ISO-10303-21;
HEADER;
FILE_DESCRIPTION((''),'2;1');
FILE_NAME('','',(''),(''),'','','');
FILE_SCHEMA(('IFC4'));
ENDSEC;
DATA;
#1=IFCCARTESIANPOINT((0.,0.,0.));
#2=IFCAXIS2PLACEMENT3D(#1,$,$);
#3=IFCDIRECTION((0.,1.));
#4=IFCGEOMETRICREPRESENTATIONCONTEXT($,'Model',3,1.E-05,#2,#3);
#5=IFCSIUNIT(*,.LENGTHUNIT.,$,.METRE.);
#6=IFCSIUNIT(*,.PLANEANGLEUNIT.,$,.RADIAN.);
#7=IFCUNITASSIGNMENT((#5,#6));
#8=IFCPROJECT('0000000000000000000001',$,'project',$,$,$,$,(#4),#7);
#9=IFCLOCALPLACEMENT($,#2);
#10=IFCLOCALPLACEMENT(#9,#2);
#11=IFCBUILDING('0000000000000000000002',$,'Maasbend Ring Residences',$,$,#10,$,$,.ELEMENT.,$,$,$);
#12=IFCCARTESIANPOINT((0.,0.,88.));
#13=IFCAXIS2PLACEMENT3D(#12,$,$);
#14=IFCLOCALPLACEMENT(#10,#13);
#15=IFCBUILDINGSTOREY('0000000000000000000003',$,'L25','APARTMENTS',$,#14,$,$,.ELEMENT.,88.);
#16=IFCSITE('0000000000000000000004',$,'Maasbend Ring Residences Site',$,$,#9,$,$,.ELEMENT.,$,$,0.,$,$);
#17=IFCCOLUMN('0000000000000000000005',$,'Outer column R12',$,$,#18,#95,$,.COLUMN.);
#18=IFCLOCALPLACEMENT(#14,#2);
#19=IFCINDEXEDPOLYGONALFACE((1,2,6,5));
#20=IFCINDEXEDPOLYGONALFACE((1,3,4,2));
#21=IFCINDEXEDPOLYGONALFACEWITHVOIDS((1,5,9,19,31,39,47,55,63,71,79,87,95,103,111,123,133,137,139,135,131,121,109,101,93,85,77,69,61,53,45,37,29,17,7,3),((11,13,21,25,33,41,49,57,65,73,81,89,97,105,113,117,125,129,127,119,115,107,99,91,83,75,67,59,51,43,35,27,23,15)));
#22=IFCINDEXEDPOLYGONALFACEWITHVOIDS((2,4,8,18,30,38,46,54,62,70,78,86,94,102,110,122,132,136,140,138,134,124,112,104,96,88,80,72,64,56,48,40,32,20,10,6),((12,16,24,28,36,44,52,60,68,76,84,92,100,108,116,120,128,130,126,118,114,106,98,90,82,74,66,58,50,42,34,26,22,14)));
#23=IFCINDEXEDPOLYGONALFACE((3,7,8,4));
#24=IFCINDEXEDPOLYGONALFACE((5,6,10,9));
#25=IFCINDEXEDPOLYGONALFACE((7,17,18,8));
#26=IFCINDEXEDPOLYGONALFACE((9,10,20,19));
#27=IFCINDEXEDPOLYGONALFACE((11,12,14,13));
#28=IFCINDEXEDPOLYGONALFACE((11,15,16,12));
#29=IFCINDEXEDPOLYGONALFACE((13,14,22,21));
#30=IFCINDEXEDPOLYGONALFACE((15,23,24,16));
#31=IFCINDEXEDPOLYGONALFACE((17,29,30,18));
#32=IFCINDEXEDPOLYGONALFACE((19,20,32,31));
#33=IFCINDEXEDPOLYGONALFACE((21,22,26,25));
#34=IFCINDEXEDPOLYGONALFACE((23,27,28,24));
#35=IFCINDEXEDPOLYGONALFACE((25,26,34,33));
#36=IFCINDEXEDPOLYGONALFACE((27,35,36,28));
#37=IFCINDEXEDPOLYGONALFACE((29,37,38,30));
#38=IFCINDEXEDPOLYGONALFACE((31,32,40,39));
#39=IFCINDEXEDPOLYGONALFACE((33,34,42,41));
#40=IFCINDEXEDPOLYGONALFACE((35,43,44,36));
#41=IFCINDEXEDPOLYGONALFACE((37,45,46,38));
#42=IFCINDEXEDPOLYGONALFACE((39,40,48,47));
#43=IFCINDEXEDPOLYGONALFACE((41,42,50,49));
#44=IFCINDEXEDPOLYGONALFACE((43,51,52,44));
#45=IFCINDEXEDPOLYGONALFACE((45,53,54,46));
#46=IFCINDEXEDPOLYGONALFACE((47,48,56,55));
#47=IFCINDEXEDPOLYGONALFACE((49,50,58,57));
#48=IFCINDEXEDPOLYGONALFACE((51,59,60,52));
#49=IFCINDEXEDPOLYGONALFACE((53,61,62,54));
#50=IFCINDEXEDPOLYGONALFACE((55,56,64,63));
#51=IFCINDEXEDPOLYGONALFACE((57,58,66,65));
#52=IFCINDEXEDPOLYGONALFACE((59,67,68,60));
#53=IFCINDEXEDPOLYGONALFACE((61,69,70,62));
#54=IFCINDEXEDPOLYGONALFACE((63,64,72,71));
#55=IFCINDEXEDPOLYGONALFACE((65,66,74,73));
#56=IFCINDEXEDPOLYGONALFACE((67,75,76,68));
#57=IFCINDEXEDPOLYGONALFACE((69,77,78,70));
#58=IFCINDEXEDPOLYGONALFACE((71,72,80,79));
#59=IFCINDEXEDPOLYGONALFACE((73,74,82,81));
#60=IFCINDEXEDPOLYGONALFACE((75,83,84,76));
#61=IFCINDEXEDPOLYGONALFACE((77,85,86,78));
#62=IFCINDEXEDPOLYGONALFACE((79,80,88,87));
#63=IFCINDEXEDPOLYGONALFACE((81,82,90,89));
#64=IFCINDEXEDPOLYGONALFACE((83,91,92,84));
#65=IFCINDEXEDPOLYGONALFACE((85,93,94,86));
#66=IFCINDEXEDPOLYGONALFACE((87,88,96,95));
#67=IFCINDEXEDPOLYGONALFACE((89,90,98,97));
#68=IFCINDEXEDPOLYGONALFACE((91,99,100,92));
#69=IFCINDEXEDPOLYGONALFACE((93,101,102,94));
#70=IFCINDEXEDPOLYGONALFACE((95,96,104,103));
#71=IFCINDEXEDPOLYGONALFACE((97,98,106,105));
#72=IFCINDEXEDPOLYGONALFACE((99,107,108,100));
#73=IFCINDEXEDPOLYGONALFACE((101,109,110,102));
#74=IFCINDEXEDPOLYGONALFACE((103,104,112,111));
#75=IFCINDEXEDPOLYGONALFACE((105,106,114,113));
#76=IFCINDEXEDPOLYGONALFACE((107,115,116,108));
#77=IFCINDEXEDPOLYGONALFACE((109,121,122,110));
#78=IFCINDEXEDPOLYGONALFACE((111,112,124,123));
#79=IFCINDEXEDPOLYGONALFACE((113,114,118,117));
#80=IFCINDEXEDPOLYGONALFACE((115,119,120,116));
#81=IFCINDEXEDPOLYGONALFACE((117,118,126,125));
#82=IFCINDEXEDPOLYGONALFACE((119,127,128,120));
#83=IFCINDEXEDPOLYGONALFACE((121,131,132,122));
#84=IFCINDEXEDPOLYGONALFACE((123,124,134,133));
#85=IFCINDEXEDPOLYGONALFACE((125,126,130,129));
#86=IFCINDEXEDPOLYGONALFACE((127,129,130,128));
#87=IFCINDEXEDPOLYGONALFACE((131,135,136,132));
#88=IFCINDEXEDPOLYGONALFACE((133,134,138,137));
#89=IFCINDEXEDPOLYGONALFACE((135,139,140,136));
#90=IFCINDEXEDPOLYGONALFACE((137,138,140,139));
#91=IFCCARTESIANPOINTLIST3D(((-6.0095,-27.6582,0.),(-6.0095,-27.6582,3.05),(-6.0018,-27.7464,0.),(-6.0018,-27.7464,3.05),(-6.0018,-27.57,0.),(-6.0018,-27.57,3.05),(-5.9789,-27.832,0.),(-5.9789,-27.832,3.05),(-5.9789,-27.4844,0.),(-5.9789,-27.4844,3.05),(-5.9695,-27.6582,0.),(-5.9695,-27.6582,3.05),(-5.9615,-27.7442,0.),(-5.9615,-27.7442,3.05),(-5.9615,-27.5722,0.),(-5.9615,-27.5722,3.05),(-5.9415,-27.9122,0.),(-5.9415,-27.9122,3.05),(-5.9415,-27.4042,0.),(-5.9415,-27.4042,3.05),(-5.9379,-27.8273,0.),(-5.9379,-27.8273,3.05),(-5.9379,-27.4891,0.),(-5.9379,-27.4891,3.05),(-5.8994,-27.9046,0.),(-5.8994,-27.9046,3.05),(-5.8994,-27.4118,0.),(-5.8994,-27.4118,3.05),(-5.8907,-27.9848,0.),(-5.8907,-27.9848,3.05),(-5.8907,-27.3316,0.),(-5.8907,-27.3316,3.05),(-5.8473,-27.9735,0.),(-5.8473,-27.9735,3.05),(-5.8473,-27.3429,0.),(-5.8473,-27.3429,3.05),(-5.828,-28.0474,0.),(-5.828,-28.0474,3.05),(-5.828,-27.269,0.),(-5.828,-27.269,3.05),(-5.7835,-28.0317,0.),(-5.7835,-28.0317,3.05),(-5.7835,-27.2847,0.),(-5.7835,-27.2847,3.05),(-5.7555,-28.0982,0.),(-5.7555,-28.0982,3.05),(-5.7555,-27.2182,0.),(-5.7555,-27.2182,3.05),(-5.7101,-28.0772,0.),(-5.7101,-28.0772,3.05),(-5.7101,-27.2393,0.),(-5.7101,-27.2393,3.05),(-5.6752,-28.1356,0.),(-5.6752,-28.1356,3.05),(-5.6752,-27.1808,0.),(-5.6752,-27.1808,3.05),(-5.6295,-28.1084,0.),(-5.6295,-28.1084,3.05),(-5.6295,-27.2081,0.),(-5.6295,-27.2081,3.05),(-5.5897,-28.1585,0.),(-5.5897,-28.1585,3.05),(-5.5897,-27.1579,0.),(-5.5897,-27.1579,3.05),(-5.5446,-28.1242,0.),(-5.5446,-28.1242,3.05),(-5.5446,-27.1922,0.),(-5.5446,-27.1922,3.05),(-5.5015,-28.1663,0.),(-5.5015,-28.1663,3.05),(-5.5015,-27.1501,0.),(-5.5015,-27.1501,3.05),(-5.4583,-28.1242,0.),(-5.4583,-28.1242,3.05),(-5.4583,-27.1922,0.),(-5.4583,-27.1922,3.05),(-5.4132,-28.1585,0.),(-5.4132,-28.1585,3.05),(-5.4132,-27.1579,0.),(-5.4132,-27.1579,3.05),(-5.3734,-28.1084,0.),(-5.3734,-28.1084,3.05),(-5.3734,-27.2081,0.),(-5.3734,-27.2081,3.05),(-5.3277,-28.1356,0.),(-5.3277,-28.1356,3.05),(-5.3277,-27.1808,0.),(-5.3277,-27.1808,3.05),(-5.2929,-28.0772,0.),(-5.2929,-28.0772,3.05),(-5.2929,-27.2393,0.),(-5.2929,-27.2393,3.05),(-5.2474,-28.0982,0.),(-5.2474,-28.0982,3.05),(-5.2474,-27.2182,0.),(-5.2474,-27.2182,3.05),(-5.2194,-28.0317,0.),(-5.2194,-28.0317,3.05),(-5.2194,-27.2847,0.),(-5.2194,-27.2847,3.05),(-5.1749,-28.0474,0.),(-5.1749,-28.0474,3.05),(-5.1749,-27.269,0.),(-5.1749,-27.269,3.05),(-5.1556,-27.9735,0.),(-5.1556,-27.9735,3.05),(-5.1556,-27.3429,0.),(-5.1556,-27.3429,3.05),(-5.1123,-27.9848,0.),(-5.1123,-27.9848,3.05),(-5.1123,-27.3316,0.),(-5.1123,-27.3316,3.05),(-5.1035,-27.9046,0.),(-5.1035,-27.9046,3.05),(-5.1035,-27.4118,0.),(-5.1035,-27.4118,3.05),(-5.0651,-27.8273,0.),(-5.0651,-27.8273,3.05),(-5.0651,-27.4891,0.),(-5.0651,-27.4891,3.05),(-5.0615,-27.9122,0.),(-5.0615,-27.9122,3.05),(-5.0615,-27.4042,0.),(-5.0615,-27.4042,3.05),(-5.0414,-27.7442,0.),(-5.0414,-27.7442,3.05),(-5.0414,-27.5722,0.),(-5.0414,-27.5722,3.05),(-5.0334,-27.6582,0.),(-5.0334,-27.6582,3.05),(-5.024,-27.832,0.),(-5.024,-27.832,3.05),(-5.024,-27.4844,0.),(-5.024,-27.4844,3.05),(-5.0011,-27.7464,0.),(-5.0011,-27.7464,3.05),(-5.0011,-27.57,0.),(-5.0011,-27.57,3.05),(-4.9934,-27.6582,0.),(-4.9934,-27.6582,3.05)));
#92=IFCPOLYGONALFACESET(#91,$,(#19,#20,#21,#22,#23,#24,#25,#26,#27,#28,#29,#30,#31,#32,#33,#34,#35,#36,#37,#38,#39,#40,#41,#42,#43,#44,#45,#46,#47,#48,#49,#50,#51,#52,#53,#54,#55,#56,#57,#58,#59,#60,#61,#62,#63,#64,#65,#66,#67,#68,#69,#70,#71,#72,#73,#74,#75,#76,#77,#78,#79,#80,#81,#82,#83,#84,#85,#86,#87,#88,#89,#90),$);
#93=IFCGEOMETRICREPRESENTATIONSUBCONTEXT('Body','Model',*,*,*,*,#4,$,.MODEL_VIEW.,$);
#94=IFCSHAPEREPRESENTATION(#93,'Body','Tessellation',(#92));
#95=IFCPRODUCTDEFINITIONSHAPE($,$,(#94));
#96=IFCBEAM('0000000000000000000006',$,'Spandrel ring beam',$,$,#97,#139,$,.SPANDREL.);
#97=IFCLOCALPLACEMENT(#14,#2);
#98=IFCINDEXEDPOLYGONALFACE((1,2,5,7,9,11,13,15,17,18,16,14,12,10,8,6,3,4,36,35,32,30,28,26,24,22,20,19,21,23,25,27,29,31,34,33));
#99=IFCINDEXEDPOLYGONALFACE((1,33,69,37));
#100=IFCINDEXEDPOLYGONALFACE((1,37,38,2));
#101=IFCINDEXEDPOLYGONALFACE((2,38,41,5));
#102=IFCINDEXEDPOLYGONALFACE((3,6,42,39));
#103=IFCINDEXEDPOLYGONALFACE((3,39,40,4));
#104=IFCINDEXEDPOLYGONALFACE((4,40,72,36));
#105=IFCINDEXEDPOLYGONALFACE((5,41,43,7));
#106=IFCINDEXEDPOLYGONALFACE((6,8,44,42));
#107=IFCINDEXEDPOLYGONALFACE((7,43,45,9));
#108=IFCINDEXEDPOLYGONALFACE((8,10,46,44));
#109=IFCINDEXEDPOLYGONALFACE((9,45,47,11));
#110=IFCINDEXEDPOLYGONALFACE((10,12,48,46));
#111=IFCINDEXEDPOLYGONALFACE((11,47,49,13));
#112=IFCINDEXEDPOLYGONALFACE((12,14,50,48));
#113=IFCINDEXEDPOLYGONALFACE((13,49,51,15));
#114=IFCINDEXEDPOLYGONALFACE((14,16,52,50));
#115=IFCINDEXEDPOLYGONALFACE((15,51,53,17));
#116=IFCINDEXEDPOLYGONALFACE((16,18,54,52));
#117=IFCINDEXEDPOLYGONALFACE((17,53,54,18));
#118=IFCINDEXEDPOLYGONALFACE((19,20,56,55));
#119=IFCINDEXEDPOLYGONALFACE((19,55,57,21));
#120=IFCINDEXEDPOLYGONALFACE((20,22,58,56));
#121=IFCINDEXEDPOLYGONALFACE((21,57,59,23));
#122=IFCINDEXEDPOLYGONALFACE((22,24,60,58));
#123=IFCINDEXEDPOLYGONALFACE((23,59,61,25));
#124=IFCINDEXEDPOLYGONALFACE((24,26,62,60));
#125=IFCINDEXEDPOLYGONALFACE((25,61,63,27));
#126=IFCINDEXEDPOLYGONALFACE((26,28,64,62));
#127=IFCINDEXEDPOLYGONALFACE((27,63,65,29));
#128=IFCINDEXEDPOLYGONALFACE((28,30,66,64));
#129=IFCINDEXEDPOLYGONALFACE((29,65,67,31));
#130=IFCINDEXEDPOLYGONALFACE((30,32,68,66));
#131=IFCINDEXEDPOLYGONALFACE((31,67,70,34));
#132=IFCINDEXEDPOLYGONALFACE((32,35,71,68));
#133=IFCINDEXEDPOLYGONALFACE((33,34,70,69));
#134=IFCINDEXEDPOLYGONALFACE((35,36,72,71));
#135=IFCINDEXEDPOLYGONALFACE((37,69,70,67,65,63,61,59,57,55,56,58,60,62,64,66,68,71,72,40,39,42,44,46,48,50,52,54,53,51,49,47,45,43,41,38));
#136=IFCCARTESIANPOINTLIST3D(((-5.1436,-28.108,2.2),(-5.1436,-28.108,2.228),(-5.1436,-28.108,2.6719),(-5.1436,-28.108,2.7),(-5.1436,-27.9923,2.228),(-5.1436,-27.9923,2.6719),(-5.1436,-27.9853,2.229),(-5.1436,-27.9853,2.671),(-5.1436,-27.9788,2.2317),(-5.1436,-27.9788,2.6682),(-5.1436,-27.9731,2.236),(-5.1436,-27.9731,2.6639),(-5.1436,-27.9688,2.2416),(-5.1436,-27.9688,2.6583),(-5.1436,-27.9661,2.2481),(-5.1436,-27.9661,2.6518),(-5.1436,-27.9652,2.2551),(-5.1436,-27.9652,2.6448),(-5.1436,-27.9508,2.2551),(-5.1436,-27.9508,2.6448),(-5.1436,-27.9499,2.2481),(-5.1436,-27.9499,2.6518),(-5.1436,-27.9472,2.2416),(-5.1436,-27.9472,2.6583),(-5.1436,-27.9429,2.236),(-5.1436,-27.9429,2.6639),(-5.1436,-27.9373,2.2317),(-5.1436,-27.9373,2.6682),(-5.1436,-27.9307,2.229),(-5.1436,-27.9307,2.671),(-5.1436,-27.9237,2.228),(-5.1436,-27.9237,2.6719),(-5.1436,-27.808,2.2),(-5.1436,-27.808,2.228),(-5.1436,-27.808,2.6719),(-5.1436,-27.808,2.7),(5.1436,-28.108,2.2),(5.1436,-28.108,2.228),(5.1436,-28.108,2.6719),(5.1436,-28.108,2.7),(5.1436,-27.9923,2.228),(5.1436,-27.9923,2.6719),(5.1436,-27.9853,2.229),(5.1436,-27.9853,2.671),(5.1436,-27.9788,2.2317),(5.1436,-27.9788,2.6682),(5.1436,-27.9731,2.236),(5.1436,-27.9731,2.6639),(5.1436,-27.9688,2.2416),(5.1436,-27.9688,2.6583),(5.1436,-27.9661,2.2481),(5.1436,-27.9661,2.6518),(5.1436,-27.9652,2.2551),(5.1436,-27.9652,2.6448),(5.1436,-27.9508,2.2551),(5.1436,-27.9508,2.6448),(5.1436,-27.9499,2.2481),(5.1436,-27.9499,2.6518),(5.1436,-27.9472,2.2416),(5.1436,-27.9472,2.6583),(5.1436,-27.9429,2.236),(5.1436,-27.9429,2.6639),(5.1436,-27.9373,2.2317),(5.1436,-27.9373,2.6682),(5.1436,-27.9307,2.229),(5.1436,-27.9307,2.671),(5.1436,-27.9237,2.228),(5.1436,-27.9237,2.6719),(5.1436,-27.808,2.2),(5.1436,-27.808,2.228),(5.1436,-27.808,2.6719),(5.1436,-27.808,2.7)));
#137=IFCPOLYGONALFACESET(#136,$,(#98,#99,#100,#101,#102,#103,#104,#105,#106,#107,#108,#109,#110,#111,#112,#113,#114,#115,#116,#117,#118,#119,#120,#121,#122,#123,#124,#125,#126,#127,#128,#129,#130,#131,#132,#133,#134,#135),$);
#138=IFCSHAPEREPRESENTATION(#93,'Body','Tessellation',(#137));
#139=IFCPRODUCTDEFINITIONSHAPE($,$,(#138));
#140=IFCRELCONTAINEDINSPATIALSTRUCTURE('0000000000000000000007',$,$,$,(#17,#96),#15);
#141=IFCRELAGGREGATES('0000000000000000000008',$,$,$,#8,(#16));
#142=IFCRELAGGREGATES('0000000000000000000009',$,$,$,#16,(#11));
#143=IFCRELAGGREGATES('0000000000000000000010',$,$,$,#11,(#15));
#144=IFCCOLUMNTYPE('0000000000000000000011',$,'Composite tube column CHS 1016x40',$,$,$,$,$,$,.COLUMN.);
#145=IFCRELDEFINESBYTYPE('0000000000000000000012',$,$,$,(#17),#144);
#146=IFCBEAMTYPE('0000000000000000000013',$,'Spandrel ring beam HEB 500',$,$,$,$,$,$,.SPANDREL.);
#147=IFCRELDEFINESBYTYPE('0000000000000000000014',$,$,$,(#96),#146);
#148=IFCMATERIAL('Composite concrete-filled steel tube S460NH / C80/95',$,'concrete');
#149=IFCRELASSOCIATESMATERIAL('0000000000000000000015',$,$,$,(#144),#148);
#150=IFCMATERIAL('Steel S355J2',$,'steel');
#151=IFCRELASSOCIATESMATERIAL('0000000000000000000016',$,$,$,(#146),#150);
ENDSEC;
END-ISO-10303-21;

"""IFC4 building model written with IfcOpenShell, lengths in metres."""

from ifc_helpers import new_model, si_unit, direction, frame, origin, origin_2d, place, context, subcontext, project, spatial, hollow_circle, i_section, extrude, material, material_profile, profile_set, type_object, element, save


model = new_model("IFC4")

# Units and contexts
model_context = context("Model", 3, precision=1e-05, world=origin(), true_north=direction((0.0, 1.0)))
body_context = subcontext(model_context, "Body", "Model", "MODEL_VIEW")
ifc_project = project(units=[si_unit("LENGTHUNIT", "METRE"), si_unit("PLANEANGLEUNIT", "RADIAN")], contexts=[model_context])

# Site, building, storey
site_placement = place(None, origin())
site = spatial("IfcSite", under=ifc_project, at=site_placement, Name="Maasbend Ring Residences Site", CompositionType="ELEMENT", RefElevation=0.0)
building_placement = place(site_placement, origin())
building = spatial("IfcBuilding", under=site, at=building_placement, Name="Maasbend Ring Residences", CompositionType="ELEMENT")
storey_placement = place(building_placement, frame((0.0, 0.0, 88.0)))
storey = spatial("IfcBuildingStorey", under=building, at=storey_placement, Name="L25", Description="APARTMENTS", CompositionType="ELEMENT", Elevation=88.0)

# Column
ifc_material_1 = material(Name="Composite concrete-filled steel tube S460NH / C80/95", Category="concrete")
ifc_material_profile_1 = material_profile(ifc_material_1, hollow_circle(Radius=0.5081, WallThickness=0.04, at=origin_2d()), Name="Composite tube column CHS 1016x40")
ifc_profile_set_1 = profile_set([ifc_material_profile_1], Name="Composite concrete-filled steel tube S460NH / C80/95")
column_type = type_object("IfcColumnType", Name="Composite tube column CHS 1016x40", PredefinedType="COLUMN", material=ifc_profile_set_1)
column_placement = place(storey_placement, frame((-5.5015, -27.6582, 0.0), z_axis=(0.0, 0.0, 1.0), x_axis=(1.0, 0.0, 0.0)))
element("IfcColumn", 1, at=column_placement, inside=storey, type_object=column_type, Name="Outer column R12", PredefinedType="COLUMN", context=body_context, shape_type="SweptSolid", body=[
    extrude(hollow_circle(Radius=0.5081, WallThickness=0.04, at=origin_2d()), origin(), (0.0, 0.0, 1.0), 3.05),
])

# Beam
ifc_material_2 = material(Name="Steel S355J2", Category="steel")
ifc_material_profile_2 = material_profile(ifc_material_2, i_section(OverallWidth=0.3, OverallDepth=0.5, WebThickness=0.0144, FlangeThickness=0.0281, FilletRadius=0.0271, at=origin_2d()), Name="HEB 500")
ifc_profile_set_2 = profile_set([ifc_material_profile_2], Name="Steel S355J2")
beam_type = type_object("IfcBeamType", Name="Spandrel ring beam HEB 500", PredefinedType="SPANDREL", material=ifc_profile_set_2)
beam_placement = place(storey_placement, frame((-5.1436, -27.958, 2.45), z_axis=(1.0, 0.0, 0.0), x_axis=(0.0, 1.0, 0.0)))
element("IfcBeam", 2, at=beam_placement, inside=storey, type_object=beam_type, Name="Spandrel ring beam", PredefinedType="SPANDREL", context=body_context, shape_type="SweptSolid", body=[
    extrude(i_section(OverallWidth=0.3, OverallDepth=0.5, WebThickness=0.0144, FlangeThickness=0.0281, FilletRadius=0.0271, at=origin_2d()), origin(), (0.0, 0.0, 1.0), 10.2871),
])

save(model, "model.ifc")
